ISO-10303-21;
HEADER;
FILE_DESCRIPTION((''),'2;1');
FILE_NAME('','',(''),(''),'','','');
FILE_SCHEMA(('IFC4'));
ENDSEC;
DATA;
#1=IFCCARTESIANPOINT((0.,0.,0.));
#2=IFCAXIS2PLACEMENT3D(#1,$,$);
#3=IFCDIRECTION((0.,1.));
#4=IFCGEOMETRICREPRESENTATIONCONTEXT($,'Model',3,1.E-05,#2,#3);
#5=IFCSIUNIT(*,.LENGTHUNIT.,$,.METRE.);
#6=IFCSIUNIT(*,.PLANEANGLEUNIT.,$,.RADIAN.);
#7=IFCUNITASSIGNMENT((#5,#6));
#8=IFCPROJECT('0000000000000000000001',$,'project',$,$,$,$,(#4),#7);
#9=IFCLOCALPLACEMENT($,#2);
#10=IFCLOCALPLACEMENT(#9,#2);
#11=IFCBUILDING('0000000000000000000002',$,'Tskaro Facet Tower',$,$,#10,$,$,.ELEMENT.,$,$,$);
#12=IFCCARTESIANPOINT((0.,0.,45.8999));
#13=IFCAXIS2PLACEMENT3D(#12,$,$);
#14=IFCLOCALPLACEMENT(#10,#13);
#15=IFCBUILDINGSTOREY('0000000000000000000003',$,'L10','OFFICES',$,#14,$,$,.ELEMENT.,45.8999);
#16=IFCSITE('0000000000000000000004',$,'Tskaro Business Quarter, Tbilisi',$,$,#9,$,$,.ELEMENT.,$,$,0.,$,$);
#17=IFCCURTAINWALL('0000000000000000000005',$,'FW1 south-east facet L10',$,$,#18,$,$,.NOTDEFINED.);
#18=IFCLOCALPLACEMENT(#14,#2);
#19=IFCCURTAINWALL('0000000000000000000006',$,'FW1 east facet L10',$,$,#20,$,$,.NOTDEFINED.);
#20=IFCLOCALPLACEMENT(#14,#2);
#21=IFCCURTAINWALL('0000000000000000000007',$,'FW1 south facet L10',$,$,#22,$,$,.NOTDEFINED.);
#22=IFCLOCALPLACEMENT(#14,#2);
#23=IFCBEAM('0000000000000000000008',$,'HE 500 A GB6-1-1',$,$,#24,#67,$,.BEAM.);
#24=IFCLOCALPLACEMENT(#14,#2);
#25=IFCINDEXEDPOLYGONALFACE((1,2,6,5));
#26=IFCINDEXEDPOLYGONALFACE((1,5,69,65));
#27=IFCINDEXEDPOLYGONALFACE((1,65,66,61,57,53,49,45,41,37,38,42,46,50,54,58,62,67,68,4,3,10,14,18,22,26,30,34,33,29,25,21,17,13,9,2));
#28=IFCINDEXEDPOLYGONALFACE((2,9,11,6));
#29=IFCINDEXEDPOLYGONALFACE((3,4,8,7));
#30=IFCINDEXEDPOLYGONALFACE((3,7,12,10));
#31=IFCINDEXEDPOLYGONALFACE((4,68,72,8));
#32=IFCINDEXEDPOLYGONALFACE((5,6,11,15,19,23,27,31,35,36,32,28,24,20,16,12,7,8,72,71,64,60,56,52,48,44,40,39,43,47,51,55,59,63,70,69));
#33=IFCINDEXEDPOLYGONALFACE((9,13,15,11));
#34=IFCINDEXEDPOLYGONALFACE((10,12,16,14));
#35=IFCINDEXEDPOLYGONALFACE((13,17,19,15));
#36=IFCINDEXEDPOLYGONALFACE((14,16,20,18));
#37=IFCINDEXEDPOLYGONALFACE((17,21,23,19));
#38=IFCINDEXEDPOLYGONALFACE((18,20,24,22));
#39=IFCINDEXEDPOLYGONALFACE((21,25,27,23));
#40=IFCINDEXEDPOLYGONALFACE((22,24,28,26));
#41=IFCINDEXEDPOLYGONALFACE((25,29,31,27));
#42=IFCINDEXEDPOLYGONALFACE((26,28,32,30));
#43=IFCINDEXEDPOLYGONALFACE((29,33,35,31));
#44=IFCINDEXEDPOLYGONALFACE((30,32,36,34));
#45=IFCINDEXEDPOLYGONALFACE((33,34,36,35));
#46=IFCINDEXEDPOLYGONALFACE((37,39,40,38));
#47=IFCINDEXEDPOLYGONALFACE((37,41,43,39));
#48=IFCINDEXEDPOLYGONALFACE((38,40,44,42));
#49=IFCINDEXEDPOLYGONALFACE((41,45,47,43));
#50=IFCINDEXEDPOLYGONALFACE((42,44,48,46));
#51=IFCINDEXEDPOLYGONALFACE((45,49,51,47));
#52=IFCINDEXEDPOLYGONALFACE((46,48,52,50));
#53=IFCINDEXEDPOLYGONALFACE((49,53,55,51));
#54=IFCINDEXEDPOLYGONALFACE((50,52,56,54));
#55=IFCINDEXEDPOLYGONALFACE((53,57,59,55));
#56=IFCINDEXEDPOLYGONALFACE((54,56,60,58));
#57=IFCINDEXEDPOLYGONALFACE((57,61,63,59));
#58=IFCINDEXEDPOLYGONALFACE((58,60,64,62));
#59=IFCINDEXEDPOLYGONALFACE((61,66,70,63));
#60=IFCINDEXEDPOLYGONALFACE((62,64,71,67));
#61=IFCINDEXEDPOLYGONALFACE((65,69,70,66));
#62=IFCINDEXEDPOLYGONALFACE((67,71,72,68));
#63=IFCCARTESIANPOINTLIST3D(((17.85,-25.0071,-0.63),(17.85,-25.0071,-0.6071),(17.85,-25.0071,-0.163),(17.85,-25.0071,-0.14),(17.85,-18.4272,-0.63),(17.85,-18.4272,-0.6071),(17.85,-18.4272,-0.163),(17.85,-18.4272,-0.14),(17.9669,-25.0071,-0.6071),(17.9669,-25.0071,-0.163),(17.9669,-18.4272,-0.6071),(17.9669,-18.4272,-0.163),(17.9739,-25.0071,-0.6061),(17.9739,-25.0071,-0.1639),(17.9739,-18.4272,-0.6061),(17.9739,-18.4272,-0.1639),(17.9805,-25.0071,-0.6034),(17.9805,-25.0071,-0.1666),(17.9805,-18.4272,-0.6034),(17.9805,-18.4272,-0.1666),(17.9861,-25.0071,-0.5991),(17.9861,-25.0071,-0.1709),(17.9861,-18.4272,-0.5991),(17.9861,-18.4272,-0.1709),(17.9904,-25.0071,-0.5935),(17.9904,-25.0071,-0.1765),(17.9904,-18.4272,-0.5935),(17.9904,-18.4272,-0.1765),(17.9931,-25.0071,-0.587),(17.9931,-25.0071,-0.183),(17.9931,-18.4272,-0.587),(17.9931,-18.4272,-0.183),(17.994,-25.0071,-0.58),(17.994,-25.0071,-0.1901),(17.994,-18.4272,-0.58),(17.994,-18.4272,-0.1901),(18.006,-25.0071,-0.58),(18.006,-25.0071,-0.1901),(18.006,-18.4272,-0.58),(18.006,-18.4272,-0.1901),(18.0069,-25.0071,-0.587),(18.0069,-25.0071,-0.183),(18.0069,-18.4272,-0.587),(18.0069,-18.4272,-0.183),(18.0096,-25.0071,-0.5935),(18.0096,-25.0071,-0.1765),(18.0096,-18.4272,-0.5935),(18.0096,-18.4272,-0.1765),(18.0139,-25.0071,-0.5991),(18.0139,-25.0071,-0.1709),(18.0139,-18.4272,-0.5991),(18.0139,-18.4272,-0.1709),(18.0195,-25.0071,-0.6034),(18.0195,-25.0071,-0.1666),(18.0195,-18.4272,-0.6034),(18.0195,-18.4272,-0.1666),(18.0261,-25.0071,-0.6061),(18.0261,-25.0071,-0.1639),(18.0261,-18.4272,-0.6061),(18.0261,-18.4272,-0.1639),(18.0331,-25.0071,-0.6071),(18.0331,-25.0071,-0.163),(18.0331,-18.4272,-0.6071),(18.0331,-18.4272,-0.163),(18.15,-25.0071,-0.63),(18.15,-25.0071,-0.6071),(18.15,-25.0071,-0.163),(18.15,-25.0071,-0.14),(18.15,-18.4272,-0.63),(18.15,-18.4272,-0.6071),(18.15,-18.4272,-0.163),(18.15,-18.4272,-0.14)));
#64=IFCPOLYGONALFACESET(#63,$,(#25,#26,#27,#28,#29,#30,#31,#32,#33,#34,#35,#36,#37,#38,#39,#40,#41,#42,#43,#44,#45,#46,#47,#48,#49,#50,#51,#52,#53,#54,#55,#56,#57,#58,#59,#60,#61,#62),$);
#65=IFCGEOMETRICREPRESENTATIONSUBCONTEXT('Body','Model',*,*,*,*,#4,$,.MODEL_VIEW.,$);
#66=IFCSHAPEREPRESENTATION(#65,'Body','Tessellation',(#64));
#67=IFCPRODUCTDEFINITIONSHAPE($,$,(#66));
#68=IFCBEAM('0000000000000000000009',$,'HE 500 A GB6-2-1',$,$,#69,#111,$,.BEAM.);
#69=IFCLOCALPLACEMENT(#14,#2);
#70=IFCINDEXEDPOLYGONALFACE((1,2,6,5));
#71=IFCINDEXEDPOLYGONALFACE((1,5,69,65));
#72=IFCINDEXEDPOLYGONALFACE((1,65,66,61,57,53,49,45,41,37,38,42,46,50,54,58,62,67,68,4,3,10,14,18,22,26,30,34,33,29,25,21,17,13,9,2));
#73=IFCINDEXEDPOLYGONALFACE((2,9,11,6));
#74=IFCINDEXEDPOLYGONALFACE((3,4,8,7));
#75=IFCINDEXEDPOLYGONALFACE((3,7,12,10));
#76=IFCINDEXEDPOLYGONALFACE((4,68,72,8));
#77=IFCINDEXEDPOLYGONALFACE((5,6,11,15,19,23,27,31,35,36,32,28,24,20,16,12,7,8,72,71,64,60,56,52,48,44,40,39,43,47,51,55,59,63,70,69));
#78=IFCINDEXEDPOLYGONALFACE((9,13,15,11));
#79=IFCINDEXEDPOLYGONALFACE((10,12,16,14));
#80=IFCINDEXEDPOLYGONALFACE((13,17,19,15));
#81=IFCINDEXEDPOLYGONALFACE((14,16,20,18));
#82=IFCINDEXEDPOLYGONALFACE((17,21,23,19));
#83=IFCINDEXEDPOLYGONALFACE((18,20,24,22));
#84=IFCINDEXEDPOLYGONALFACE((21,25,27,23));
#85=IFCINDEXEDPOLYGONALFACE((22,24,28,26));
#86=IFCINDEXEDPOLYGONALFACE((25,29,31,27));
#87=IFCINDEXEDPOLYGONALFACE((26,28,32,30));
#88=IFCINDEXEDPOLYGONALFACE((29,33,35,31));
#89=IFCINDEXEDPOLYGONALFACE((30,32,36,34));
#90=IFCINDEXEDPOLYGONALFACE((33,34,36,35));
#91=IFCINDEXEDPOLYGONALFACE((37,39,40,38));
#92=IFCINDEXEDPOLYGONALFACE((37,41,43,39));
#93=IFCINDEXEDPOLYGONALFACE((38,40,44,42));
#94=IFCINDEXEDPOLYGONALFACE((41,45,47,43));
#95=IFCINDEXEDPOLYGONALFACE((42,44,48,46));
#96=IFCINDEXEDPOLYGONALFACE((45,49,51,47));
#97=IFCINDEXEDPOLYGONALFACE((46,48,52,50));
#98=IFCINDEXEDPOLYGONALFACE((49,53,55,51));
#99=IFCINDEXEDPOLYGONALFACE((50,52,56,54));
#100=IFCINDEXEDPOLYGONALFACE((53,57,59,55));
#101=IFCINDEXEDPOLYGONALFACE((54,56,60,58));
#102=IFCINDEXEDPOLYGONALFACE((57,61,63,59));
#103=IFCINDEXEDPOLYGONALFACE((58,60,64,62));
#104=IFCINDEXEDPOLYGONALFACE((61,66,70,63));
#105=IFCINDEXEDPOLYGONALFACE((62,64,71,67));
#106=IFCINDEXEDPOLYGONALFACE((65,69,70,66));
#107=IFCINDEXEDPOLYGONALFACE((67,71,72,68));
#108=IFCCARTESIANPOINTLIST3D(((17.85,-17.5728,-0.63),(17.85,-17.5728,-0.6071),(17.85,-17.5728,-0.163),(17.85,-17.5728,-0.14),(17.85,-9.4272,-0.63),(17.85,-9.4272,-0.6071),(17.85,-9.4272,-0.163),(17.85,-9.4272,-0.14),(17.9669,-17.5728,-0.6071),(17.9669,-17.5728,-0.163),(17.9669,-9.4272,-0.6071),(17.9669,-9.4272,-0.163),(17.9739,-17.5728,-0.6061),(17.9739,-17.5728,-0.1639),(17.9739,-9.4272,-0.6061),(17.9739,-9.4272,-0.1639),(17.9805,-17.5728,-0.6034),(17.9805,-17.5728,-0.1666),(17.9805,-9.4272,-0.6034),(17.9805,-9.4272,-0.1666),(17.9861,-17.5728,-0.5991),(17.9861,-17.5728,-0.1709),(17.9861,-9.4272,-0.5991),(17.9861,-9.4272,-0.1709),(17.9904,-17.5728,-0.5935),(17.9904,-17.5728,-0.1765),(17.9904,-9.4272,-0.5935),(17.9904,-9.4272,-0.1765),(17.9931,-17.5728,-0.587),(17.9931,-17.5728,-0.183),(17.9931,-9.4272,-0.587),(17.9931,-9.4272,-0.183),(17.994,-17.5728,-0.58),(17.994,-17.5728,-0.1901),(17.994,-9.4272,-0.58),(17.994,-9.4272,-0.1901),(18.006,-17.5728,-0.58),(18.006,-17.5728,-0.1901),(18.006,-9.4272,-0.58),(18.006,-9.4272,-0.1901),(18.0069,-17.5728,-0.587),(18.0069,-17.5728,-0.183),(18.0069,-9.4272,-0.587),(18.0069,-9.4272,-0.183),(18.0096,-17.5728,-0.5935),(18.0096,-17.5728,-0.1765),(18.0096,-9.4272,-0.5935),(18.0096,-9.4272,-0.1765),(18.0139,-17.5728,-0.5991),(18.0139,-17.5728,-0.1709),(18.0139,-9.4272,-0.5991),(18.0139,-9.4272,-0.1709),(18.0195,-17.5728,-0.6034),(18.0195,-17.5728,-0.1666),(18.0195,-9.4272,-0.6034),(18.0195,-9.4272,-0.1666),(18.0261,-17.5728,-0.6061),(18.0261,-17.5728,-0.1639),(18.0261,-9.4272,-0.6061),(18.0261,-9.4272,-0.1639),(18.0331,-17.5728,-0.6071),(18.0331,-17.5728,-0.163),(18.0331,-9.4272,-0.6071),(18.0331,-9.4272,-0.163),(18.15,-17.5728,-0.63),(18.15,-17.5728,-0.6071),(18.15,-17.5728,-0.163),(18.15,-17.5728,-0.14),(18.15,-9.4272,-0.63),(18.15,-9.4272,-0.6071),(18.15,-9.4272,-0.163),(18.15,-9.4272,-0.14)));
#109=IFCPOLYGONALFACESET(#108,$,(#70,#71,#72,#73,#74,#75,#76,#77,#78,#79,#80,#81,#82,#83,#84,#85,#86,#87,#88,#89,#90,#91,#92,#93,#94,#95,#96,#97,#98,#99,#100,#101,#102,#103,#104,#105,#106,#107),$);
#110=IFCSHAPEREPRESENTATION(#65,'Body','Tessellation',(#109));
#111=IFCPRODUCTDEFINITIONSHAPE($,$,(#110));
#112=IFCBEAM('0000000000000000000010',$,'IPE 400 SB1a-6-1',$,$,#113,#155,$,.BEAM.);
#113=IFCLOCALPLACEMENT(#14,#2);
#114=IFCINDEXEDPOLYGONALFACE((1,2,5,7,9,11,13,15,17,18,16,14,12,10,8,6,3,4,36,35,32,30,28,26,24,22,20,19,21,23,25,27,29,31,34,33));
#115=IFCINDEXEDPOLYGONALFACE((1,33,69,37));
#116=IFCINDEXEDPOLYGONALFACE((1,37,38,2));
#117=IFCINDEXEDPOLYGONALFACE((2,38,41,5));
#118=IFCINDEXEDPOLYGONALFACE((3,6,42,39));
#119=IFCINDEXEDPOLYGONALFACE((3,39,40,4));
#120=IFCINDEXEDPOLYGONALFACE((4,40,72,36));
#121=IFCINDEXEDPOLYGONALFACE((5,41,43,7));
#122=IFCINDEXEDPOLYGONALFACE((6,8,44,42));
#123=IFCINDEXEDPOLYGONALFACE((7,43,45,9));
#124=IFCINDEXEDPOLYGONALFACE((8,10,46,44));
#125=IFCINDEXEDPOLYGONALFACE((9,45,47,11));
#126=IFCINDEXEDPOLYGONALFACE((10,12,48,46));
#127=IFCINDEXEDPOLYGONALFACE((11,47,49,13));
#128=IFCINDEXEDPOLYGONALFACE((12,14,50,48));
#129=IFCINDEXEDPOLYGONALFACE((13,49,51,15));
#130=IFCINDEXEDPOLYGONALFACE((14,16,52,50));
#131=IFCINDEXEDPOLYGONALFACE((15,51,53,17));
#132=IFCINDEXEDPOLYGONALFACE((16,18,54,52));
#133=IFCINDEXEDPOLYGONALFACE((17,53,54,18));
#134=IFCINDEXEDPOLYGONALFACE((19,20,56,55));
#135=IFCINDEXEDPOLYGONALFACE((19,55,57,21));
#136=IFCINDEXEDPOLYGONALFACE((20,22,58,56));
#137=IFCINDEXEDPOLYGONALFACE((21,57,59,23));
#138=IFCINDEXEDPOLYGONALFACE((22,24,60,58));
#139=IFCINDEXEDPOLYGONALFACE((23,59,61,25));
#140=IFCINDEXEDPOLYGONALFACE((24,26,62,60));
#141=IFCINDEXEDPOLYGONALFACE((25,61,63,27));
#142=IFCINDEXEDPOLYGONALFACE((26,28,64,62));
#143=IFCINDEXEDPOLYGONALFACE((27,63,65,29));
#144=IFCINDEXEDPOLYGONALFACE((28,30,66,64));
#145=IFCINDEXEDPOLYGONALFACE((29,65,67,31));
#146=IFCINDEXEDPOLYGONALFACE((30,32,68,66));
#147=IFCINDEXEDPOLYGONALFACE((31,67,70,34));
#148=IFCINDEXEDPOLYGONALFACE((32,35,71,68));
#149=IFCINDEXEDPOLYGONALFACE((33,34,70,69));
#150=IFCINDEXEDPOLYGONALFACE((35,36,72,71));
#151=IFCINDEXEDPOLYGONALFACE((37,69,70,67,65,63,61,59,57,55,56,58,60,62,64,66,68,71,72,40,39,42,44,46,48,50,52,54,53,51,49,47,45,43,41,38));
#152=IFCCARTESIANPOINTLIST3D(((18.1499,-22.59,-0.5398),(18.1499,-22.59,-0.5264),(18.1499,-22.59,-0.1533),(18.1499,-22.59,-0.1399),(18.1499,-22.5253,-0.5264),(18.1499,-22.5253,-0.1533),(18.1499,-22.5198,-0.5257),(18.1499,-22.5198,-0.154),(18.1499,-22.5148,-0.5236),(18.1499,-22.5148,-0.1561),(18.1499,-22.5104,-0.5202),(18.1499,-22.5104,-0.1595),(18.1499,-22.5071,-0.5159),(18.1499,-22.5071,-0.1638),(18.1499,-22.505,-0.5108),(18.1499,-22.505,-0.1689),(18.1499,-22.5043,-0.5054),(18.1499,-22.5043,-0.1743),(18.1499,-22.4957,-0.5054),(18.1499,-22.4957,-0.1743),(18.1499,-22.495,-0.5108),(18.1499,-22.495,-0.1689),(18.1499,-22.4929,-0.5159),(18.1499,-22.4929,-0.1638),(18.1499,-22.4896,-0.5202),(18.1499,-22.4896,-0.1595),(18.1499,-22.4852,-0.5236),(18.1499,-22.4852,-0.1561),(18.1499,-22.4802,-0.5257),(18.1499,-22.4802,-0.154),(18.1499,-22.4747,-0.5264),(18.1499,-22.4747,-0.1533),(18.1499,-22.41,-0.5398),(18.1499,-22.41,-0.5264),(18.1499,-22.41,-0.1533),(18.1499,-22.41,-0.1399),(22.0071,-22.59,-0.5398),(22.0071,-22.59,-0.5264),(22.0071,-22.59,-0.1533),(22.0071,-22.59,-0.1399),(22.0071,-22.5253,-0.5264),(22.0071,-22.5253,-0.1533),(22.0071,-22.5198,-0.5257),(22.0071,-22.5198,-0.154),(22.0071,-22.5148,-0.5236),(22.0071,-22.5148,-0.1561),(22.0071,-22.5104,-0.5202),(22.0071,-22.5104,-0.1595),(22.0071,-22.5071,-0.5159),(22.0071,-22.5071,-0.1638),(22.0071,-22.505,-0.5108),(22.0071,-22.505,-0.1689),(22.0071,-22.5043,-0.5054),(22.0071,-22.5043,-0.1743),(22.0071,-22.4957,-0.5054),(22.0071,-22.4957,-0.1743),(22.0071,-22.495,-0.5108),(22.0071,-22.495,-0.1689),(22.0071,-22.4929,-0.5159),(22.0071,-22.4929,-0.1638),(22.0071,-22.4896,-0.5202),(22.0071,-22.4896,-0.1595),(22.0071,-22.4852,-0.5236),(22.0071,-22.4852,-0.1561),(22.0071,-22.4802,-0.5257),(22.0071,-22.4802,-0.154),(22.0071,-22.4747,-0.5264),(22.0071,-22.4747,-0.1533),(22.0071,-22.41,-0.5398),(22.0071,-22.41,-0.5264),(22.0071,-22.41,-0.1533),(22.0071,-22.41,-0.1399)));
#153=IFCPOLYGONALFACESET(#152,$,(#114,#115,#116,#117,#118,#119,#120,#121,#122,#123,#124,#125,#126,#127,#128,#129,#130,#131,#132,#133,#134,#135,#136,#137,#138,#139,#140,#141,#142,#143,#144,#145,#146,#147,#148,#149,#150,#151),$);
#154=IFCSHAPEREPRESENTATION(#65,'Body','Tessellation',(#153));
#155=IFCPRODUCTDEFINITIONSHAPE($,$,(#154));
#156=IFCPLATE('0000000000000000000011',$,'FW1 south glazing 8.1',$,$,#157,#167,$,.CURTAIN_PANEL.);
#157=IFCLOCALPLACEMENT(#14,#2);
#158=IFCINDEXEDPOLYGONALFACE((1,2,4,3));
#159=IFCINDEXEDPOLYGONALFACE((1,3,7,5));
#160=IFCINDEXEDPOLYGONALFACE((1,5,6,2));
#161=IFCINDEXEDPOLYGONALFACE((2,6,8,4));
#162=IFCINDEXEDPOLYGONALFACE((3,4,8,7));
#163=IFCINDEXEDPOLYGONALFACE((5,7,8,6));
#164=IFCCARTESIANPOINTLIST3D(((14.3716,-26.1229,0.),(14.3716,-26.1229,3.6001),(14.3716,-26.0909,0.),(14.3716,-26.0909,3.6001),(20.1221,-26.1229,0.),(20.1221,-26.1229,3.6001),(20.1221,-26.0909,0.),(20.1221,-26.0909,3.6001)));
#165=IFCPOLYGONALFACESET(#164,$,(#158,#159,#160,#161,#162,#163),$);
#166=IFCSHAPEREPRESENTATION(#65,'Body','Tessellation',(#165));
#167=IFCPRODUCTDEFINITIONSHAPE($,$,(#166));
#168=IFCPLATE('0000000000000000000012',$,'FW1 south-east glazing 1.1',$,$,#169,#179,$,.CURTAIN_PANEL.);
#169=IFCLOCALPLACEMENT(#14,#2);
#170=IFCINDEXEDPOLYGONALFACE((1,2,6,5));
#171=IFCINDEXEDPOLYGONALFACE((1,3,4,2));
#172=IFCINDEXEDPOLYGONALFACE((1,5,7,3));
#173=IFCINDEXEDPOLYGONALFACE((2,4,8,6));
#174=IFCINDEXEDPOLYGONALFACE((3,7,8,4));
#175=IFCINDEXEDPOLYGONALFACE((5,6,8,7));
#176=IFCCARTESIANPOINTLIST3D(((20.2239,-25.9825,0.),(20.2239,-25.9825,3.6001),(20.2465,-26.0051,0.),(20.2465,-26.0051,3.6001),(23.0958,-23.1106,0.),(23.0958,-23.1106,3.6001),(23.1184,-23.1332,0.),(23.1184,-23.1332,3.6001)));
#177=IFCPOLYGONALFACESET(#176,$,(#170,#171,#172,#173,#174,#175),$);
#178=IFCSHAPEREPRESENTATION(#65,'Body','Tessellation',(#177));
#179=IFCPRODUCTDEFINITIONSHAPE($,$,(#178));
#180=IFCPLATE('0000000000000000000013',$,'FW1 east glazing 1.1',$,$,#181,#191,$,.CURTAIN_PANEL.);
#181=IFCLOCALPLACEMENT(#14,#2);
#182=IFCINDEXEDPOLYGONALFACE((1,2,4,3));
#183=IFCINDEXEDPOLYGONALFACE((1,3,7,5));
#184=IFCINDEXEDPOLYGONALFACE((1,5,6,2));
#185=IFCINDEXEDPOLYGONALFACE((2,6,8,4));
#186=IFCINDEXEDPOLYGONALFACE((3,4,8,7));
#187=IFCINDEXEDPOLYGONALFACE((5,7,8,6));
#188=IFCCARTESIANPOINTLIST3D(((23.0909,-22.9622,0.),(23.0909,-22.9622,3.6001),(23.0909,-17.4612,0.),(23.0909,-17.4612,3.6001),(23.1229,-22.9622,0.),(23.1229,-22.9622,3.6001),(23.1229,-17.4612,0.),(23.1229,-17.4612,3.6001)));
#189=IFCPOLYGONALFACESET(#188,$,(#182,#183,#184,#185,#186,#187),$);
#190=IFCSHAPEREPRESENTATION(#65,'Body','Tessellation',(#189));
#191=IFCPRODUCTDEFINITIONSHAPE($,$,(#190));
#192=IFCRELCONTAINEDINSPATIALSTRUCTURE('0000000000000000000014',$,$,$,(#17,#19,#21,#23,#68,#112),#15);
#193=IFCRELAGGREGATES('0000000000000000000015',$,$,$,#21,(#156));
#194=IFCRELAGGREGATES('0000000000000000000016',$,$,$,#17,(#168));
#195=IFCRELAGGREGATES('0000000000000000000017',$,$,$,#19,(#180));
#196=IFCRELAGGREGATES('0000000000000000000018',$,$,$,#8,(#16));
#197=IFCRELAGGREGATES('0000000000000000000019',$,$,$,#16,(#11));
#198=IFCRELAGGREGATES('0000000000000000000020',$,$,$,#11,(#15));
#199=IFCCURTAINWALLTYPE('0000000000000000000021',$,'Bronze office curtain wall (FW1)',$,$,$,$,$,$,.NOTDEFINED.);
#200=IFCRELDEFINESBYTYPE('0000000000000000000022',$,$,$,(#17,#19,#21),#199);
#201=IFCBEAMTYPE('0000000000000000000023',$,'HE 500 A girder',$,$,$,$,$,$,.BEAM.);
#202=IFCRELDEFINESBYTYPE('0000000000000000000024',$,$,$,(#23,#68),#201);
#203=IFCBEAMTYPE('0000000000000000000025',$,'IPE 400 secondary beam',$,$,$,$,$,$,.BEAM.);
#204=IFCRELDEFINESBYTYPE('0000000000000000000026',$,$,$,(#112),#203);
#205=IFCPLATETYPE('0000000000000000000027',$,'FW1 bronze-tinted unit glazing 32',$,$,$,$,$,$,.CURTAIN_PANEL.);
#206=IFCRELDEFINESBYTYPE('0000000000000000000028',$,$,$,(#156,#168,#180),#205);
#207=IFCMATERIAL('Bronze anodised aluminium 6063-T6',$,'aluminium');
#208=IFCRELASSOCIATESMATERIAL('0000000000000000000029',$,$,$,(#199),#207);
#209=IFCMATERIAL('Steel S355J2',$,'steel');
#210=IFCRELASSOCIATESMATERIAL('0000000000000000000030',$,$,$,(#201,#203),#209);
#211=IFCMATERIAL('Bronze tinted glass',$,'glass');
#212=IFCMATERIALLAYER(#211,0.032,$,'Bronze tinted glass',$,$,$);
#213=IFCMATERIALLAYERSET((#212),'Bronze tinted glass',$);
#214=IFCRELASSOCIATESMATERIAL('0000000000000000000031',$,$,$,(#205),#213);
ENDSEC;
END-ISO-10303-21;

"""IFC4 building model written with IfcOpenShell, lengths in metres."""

from ifc_helpers import new_model, si_unit, direction, frame, origin, origin_2d, place, context, subcontext, project, spatial, rectangle, i_section, extrude, material, layer, layer_set, material_profile, profile_set, type_object, element, aggregate, save


model = new_model("IFC4")

# Units and contexts
model_context = context("Model", 3, precision=1e-05, world=origin(), true_north=direction((0.0, 1.0)))
body_context = subcontext(model_context, "Body", "Model", "MODEL_VIEW")
ifc_project = project(units=[si_unit("LENGTHUNIT", "METRE"), si_unit("PLANEANGLEUNIT", "RADIAN")], contexts=[model_context])

# Site, building, storey
site_placement = place(None, origin())
site = spatial("IfcSite", under=ifc_project, at=site_placement, Name="Tskaro Business Quarter, Tbilisi", CompositionType="ELEMENT", RefElevation=0.0)
building_placement = place(site_placement, origin())
building = spatial("IfcBuilding", under=site, at=building_placement, Name="Tskaro Facet Tower", CompositionType="ELEMENT")
storey_placement = place(building_placement, frame((0.0, 0.0, 45.8999)))
storey = spatial("IfcBuildingStorey", under=building, at=storey_placement, Name="L10", Description="OFFICES", CompositionType="ELEMENT", Elevation=45.8999)

# Curtain wall
ifc_material_1 = material(Name="Bronze anodised aluminium 6063-T6", Category="aluminium")
curtain_wall_type = type_object("IfcCurtainWallType", Name="Bronze office curtain wall (FW1)", PredefinedType="NOTDEFINED", material=ifc_material_1)
curtain_wall_1_placement = place(storey_placement, origin())
curtain_wall_1 = element("IfcCurtainWall", 1, at=curtain_wall_1_placement, inside=storey, type_object=curtain_wall_type, Name="FW1 south-east facet L10", PredefinedType="NOTDEFINED")

# Curtain wall
curtain_wall_2_placement = place(storey_placement, origin())
curtain_wall_2 = element("IfcCurtainWall", 2, at=curtain_wall_2_placement, inside=storey, type_object=curtain_wall_type, Name="FW1 east facet L10", PredefinedType="NOTDEFINED")

# Curtain wall
curtain_wall_3_placement = place(storey_placement, origin())
curtain_wall_3 = element("IfcCurtainWall", 3, at=curtain_wall_3_placement, inside=storey, type_object=curtain_wall_type, Name="FW1 south facet L10", PredefinedType="NOTDEFINED")

# Beams
ifc_material_2 = material(Name="Steel S355J2", Category="steel")
ifc_material_profile_1 = material_profile(ifc_material_2, i_section(OverallWidth=0.3, OverallDepth=0.49, WebThickness=0.012, FlangeThickness=0.0229, FilletRadius=0.0271, at=origin_2d()), Name="HE 500 A")
ifc_profile_set_1 = profile_set([ifc_material_profile_1], Name="Steel S355J2")
beam_type_1 = type_object("IfcBeamType", Name="HE 500 A girder", PredefinedType="BEAM", material=ifc_profile_set_1)
beam_1_placement = place(storey_placement, frame((18.0, -25.0071, -0.385), z_axis=(0.0, 1.0, 0.0), x_axis=(-1.0, 0.0, 0.0)))
element("IfcBeam", 4, at=beam_1_placement, inside=storey, type_object=beam_type_1, Name="HE 500 A GB6-1-1", PredefinedType="BEAM", context=body_context, shape_type="SweptSolid", body=[
    extrude(i_section(OverallWidth=0.3, OverallDepth=0.49, WebThickness=0.012, FlangeThickness=0.0229, FilletRadius=0.0271, at=origin_2d()), origin(), (0.0, 0.0, 1.0), 6.5798),
])
beam_2_placement = place(storey_placement, frame((18.0, -17.5728, -0.385), z_axis=(0.0, 1.0, 0.0), x_axis=(-1.0, 0.0, 0.0)))
element("IfcBeam", 5, at=beam_2_placement, inside=storey, type_object=beam_type_1, Name="HE 500 A GB6-2-1", PredefinedType="BEAM", context=body_context, shape_type="SweptSolid", body=[
    extrude(i_section(OverallWidth=0.3, OverallDepth=0.49, WebThickness=0.012, FlangeThickness=0.0229, FilletRadius=0.0271, at=origin_2d()), origin(), (0.0, 0.0, 1.0), 8.1455),
])
ifc_material_profile_2 = material_profile(ifc_material_2, i_section(OverallWidth=0.1799, OverallDepth=0.3999, WebThickness=0.0085, FlangeThickness=0.0134, FilletRadius=0.021, at=origin_2d()), Name="IPE 400")
ifc_profile_set_2 = profile_set([ifc_material_profile_2], Name="Steel S355J2")
beam_type_2 = type_object("IfcBeamType", Name="IPE 400 secondary beam", PredefinedType="BEAM", material=ifc_profile_set_2)
beam_3_placement = place(storey_placement, frame((18.1499, -22.5, -0.3398), z_axis=(1.0, 0.0, 0.0), x_axis=(0.0, 1.0, 0.0)))
element("IfcBeam", 6, at=beam_3_placement, inside=storey, type_object=beam_type_2, Name="IPE 400 SB1a-6-1", PredefinedType="BEAM", context=body_context, shape_type="SweptSolid", body=[
    extrude(i_section(OverallWidth=0.1799, OverallDepth=0.3999, WebThickness=0.0085, FlangeThickness=0.0134, FilletRadius=0.021, at=origin_2d()), origin(), (0.0, 0.0, 1.0), 3.8572),
])

# Plates
ifc_material_3 = material(Name="Bronze tinted glass", Category="glass")
ifc_layer_1 = layer(ifc_material_3, 0.032, Name="Bronze tinted glass")
ifc_layer_set_1 = layer_set([ifc_layer_1], Name="Bronze tinted glass")
plate_type = type_object("IfcPlateType", Name="FW1 bronze-tinted unit glazing 32", PredefinedType="CURTAIN_PANEL", material=ifc_layer_set_1)
plate_1_placement = place(storey_placement, frame((17.2468, -26.1069, 0.0), z_axis=(0.0, 0.0, 1.0), x_axis=(1.0, 0.0, 0.0)))
plate_1 = element("IfcPlate", 7, at=plate_1_placement, type_object=plate_type, Name="FW1 south glazing 8.1", PredefinedType="CURTAIN_PANEL", context=body_context, shape_type="SweptSolid", body=[
    extrude(rectangle(XDim=5.7505, YDim=0.032, at=origin_2d()), origin(), (0.0, 0.0, 1.0), 3.6001),
])
aggregate(curtain_wall_3, [plate_1])
plate_2_placement = place(storey_placement, frame((21.6711, -24.5579, 0.0), z_axis=(0.0, 0.0, 1.0), x_axis=(0.707107, 0.707107, 0.0)))
plate_2 = element("IfcPlate", 8, at=plate_2_placement, type_object=plate_type, Name="FW1 south-east glazing 1.1", PredefinedType="CURTAIN_PANEL", context=body_context, shape_type="SweptSolid", body=[
    extrude(rectangle(XDim=4.0615, YDim=0.032, at=origin_2d()), origin(), (0.0, 0.0, 1.0), 3.6001),
])
aggregate(curtain_wall_1, [plate_2])
plate_3_placement = place(storey_placement, frame((23.1069, -20.2117, 0.0), z_axis=(0.0, 0.0, 1.0), x_axis=(0.0, 1.0, 0.0)))
plate_3 = element("IfcPlate", 9, at=plate_3_placement, type_object=plate_type, Name="FW1 east glazing 1.1", PredefinedType="CURTAIN_PANEL", context=body_context, shape_type="SweptSolid", body=[
    extrude(rectangle(XDim=5.501, YDim=0.032, at=origin_2d()), origin(), (0.0, 0.0, 1.0), 3.6001),
])
aggregate(curtain_wall_2, [plate_3])

save(model, "model.ifc")
